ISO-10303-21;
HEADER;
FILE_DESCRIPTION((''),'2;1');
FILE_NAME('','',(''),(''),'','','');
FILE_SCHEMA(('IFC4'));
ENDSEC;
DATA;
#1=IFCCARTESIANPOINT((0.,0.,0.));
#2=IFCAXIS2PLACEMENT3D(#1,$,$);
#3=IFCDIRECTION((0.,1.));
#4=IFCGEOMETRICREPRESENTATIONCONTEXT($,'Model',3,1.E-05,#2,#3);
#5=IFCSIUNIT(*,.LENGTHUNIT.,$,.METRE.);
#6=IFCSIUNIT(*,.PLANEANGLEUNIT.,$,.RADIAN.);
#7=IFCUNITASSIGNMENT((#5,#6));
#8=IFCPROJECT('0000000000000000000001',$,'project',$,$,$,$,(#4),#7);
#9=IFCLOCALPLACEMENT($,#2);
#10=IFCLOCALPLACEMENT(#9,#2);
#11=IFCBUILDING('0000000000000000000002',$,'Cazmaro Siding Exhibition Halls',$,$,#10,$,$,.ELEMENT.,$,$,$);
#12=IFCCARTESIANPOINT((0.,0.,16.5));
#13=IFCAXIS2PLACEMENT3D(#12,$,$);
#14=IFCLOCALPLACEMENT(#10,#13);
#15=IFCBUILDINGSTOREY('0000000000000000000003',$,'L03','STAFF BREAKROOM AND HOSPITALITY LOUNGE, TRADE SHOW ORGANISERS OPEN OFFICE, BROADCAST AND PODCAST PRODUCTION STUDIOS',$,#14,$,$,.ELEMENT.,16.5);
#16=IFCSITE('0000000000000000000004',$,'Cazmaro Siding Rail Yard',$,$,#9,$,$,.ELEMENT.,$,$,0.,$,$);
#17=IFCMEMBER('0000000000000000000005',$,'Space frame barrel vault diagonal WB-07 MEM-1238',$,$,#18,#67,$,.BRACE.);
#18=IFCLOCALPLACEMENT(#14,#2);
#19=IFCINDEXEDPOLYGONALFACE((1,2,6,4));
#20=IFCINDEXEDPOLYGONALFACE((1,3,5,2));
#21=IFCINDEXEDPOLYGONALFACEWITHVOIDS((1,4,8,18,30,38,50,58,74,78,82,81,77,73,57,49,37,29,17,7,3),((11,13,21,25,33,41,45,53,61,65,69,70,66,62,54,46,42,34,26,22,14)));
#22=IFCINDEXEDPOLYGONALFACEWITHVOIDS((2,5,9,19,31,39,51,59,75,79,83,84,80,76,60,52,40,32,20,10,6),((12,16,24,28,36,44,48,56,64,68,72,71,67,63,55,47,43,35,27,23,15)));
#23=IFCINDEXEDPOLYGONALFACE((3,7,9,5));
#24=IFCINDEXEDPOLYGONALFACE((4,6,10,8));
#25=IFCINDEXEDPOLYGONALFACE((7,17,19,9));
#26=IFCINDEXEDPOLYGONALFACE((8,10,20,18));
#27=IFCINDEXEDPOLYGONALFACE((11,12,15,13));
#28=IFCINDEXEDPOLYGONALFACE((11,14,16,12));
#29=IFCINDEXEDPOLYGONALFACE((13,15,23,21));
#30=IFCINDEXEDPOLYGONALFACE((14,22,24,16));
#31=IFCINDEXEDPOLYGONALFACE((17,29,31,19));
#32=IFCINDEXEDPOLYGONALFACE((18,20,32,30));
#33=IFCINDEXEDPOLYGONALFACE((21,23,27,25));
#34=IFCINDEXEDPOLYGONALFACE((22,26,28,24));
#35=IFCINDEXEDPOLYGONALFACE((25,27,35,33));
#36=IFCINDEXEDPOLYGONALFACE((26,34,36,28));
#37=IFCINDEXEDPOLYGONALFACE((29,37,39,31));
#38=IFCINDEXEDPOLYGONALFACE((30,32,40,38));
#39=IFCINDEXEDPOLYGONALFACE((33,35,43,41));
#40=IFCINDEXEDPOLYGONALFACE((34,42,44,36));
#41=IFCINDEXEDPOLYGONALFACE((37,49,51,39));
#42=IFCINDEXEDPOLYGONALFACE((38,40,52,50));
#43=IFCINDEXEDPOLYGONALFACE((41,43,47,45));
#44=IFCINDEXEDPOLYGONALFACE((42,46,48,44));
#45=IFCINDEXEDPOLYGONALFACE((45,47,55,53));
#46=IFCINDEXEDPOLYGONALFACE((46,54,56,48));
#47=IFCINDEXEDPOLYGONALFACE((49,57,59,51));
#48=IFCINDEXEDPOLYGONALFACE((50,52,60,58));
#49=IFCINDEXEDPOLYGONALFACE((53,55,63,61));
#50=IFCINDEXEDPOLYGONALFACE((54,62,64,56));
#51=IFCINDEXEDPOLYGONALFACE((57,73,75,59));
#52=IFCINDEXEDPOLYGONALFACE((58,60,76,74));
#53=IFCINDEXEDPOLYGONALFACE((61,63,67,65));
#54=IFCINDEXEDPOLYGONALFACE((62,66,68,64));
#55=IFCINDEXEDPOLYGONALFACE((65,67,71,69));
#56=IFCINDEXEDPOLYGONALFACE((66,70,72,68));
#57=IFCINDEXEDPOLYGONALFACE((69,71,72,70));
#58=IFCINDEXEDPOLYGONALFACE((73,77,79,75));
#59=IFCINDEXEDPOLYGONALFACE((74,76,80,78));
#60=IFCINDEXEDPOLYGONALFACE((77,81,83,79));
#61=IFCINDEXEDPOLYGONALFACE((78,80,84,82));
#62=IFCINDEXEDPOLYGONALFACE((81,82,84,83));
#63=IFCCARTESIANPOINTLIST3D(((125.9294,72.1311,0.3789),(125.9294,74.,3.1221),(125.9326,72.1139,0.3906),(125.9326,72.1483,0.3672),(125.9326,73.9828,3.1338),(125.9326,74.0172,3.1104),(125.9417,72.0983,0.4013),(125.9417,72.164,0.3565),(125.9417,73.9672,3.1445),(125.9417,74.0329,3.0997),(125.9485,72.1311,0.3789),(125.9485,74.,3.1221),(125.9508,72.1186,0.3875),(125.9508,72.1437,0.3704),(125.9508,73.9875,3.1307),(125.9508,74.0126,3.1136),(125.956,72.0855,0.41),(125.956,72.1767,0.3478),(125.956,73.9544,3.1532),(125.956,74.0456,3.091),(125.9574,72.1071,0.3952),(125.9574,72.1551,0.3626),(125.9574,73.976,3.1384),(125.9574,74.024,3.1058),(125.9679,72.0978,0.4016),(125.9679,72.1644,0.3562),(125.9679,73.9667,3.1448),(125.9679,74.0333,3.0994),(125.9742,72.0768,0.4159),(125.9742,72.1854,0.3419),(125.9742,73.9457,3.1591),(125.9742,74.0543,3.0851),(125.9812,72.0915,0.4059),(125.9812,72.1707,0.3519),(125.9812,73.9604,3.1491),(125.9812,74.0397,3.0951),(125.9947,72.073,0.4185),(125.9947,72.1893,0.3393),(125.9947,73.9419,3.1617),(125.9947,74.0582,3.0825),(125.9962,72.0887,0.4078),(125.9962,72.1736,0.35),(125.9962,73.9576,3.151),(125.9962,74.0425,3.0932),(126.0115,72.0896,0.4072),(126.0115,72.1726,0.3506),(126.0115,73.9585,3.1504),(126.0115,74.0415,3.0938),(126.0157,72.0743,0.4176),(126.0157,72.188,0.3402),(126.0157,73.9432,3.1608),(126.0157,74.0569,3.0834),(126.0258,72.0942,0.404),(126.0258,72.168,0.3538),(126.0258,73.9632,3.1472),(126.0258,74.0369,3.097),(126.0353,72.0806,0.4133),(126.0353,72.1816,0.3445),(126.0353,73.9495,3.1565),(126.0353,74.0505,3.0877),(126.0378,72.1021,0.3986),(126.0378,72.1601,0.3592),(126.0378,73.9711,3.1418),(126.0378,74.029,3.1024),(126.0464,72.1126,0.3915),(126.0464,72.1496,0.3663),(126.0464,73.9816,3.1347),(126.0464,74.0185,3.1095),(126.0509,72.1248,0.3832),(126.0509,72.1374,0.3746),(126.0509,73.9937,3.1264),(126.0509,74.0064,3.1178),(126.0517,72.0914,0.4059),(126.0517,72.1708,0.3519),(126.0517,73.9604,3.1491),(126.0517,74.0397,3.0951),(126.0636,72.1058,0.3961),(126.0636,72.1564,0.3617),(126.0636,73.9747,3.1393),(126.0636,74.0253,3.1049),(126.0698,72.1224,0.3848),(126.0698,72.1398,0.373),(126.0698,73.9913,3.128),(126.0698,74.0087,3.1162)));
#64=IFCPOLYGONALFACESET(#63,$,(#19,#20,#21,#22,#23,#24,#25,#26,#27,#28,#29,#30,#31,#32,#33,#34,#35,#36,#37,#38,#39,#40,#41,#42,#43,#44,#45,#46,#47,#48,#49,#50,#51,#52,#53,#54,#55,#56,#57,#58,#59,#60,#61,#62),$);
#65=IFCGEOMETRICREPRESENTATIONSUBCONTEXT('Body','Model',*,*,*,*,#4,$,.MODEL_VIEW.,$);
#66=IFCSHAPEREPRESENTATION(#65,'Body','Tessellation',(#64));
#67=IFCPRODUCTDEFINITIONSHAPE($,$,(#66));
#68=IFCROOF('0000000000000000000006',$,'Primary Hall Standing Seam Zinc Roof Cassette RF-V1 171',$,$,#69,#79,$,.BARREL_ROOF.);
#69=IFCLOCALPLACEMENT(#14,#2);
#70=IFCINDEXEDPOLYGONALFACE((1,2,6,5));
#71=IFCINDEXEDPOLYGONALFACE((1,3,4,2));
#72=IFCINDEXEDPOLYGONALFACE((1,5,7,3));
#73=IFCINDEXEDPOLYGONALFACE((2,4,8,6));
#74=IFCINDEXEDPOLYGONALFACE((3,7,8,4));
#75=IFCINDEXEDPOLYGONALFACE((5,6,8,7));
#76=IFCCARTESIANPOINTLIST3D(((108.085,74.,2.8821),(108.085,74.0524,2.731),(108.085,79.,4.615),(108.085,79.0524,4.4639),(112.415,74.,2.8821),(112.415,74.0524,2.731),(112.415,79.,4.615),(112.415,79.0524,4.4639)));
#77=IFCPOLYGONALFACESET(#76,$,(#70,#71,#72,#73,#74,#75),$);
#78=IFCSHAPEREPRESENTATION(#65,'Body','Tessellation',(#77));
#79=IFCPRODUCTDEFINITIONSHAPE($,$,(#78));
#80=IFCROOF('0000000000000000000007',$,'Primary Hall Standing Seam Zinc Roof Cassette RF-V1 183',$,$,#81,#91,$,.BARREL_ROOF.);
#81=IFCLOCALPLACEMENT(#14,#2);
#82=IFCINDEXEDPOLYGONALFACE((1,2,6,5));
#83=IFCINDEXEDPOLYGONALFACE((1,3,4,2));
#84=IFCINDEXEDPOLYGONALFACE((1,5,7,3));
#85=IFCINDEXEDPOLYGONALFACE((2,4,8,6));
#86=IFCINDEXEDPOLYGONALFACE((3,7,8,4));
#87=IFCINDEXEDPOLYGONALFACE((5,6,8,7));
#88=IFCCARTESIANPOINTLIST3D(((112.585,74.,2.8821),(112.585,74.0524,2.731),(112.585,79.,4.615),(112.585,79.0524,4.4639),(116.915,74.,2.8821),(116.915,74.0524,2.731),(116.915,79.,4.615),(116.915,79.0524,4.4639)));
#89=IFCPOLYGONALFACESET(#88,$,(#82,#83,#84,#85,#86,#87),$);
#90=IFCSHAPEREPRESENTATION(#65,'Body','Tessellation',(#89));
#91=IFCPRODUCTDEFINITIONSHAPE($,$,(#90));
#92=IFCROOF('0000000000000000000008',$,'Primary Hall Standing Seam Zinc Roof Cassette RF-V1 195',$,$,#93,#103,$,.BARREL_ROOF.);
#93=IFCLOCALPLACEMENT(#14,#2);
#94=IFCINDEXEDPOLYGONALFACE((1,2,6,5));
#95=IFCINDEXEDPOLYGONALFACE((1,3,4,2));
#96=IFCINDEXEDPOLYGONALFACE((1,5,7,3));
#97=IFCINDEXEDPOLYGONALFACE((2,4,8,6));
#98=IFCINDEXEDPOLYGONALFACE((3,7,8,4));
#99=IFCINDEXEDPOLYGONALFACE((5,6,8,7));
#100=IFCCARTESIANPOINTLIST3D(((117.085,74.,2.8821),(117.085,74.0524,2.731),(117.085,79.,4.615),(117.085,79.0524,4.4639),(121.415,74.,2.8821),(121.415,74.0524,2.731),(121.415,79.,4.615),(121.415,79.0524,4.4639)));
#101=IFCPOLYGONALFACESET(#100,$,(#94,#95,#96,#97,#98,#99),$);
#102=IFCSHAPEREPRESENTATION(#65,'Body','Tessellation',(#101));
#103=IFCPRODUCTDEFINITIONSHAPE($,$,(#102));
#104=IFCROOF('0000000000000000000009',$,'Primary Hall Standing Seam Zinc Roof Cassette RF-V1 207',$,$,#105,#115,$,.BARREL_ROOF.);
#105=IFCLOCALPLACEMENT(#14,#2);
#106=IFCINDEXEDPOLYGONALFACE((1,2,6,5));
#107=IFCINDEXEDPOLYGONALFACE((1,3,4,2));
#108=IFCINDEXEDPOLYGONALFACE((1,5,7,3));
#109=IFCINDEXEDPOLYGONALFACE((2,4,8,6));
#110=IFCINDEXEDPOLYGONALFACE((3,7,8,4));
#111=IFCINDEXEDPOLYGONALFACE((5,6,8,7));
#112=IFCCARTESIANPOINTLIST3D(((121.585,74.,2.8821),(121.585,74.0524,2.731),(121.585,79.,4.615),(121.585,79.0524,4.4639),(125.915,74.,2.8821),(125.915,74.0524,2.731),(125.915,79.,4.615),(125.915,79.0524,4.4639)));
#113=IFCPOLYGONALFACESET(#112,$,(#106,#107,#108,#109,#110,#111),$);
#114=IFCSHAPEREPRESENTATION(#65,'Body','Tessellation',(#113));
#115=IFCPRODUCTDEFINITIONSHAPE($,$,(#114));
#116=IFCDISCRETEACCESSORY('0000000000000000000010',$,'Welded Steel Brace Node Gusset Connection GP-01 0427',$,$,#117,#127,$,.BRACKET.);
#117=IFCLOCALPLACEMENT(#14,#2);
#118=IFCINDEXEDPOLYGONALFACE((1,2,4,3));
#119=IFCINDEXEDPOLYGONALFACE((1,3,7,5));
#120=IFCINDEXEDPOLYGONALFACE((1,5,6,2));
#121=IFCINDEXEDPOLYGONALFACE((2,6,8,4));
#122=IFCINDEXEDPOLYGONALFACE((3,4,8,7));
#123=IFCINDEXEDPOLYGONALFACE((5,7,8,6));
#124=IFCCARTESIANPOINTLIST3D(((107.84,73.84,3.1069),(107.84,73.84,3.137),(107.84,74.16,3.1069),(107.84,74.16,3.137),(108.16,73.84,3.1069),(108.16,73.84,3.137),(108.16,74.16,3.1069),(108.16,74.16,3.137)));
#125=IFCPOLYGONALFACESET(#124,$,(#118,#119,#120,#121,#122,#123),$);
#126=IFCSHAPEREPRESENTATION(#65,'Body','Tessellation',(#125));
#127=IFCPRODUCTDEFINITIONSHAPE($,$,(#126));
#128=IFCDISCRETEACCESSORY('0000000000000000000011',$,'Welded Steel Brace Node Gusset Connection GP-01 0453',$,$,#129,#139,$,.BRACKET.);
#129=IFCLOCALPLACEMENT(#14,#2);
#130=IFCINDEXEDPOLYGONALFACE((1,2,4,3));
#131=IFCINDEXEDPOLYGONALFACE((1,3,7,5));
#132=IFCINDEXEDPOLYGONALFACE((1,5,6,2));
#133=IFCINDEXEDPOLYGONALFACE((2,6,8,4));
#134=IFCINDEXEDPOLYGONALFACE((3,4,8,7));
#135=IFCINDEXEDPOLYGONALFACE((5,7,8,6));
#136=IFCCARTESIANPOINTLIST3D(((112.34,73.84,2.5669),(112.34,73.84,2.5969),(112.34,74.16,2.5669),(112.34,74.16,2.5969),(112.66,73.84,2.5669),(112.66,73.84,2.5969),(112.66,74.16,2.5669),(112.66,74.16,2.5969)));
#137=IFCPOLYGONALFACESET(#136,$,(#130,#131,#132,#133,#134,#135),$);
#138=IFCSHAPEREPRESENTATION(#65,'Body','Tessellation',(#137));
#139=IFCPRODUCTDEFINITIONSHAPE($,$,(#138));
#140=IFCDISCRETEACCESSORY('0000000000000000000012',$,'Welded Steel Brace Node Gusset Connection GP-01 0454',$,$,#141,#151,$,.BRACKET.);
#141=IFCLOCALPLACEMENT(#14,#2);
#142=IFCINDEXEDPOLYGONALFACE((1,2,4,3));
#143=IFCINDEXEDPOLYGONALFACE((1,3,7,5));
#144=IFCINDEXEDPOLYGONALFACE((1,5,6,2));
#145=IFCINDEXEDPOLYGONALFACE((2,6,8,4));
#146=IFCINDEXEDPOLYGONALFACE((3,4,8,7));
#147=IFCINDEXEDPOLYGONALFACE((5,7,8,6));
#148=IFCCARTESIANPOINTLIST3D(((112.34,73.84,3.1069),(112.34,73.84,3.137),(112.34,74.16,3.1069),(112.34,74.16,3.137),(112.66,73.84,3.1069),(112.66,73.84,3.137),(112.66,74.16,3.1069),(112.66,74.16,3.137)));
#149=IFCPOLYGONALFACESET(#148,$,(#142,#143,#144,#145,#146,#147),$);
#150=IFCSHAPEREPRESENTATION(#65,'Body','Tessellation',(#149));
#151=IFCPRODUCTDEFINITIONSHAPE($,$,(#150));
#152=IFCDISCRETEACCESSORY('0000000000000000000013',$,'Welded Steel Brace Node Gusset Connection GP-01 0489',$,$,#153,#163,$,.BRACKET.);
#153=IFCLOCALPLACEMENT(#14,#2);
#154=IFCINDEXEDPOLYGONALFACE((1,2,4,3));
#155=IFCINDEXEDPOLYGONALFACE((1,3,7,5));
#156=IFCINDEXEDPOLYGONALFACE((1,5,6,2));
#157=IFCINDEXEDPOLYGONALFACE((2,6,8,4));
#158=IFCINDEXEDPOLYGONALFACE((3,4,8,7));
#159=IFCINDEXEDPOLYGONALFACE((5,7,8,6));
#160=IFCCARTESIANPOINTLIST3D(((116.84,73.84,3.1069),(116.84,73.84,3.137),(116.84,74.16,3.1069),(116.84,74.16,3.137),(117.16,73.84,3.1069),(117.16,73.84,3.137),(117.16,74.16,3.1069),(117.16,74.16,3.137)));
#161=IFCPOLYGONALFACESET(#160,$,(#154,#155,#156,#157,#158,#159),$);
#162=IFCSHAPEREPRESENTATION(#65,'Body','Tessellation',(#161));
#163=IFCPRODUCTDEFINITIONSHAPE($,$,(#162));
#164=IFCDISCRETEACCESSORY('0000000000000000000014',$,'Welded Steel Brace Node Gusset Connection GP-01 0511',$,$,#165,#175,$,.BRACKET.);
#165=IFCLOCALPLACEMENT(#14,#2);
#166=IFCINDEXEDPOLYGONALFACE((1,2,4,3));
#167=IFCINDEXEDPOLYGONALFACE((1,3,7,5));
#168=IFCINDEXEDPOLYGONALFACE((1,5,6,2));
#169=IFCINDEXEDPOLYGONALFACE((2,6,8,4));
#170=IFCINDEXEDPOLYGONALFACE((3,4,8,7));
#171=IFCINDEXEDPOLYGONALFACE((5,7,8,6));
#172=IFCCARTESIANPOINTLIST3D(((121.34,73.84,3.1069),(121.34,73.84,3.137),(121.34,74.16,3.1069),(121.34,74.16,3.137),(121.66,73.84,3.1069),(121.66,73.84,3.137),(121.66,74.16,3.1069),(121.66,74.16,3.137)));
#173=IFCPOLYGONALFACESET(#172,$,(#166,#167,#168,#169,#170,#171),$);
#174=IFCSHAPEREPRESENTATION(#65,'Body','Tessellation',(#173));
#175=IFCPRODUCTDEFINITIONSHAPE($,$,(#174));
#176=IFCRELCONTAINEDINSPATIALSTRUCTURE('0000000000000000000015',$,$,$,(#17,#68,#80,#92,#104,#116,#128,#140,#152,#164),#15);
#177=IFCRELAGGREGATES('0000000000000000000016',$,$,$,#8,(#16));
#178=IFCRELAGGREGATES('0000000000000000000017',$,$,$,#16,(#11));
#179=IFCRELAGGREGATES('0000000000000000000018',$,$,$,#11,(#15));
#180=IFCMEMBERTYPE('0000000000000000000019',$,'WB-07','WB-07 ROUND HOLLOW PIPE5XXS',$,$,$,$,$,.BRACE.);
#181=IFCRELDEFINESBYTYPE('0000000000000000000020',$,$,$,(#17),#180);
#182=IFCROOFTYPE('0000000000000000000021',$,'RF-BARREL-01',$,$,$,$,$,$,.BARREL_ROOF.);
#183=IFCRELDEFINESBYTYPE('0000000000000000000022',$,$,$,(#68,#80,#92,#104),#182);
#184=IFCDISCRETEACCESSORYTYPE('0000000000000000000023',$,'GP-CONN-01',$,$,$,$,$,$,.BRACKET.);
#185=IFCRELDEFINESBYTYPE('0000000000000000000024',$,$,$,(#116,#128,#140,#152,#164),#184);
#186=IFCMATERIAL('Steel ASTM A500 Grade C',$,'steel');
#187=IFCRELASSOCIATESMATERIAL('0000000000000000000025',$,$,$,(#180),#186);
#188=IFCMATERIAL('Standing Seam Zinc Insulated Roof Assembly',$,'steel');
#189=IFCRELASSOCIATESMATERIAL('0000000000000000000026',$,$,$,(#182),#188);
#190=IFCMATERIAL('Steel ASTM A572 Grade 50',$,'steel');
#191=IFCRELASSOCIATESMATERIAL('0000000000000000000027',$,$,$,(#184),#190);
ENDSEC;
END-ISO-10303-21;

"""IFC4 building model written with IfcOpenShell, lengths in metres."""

from ifc_helpers import new_model, si_unit, direction, frame, origin, origin_2d, place, context, subcontext, project, spatial, polyline, rectangle, hollow_circle, outline, extrude, material, material_profile, profile_set, type_object, element, save


model = new_model("IFC4")

# Units and contexts
model_context = context("Model", 3, precision=1e-05, world=origin(), true_north=direction((0.0, 1.0)))
body_context = subcontext(model_context, "Body", "Model", "MODEL_VIEW")
ifc_project = project(units=[si_unit("LENGTHUNIT", "METRE"), si_unit("PLANEANGLEUNIT", "RADIAN")], contexts=[model_context])

# Site, building, storey
site_placement = place(None, origin())
site = spatial("IfcSite", under=ifc_project, at=site_placement, Name="Cazmaro Siding Rail Yard", CompositionType="ELEMENT", RefElevation=0.0)
building_placement = place(site_placement, origin())
building = spatial("IfcBuilding", under=site, at=building_placement, Name="Cazmaro Siding Exhibition Halls", CompositionType="ELEMENT")
storey_placement = place(building_placement, frame((0.0, 0.0, 16.5)))
storey = spatial("IfcBuildingStorey", under=building, at=storey_placement, Name="L03", Description="STAFF BREAKROOM AND HOSPITALITY LOUNGE, TRADE SHOW ORGANISERS OPEN OFFICE, BROADCAST AND PODCAST PRODUCTION STUDIOS", CompositionType="ELEMENT", Elevation=16.5)

# Member
ifc_material_1 = material(Name="Steel ASTM A500 Grade C", Category="steel")
ifc_material_profile_1 = material_profile(ifc_material_1, hollow_circle(Radius=0.0706, WallThickness=0.019, at=origin_2d()), Name="PIPE5XXS")
ifc_profile_set_1 = profile_set([ifc_material_profile_1], Name="Steel ASTM A500 Grade C")
member_type_1 = type_object("IfcMemberType", Name="WB-07", Description="WB-07 ROUND HOLLOW PIPE5XXS", PredefinedType="BRACE", material=ifc_profile_set_1)
for number, where, z_axis, x_axis, name in (
    (1, (126.0, 72.1311, 0.3789), (0.0, 0.56304, 0.82643), (-1.0, 0.0, 0.0), "Space frame barrel vault diagonal WB-07 MEM-1238"),
):
    element("IfcMember", number, at=place(storey_placement, frame(where, z_axis=z_axis, x_axis=x_axis)), inside=storey, type_object=member_type_1, Name=name, PredefinedType="BRACE", context=body_context, shape_type="SweptSolid", body=[
        extrude(hollow_circle(Radius=0.0706, WallThickness=0.019, at=origin_2d()), origin(), (0.0, 0.0, 1.0), 3.3193),
    ])

# Roofs
ifc_material_2 = material(Name="Standing Seam Zinc Insulated Roof Assembly", Category="steel")
roof_type = type_object("IfcRoofType", Name="RF-BARREL-01", PredefinedType="BARREL_ROOF", material=ifc_material_2)
for number, where, z_axis, x_axis, name in (
    (2, (108.085, 74.0, 2.8821), (0.0, -0.327472, 0.944861), (1.0, 0.0, 0.0), "Primary Hall Standing Seam Zinc Roof Cassette RF-V1 171"),
    (3, (112.585, 74.0, 2.8821), (0.0, -0.327472, 0.944861), (1.0, 0.0, 0.0), "Primary Hall Standing Seam Zinc Roof Cassette RF-V1 183"),
    (4, (117.085, 74.0, 2.8821), (0.0, -0.327472, 0.944861), (1.0, 0.0, 0.0), "Primary Hall Standing Seam Zinc Roof Cassette RF-V1 195"),
    (5, (121.585, 74.0, 2.8821), (0.0, -0.327472, 0.944861), (1.0, 0.0, 0.0), "Primary Hall Standing Seam Zinc Roof Cassette RF-V1 207"),
):
    element("IfcRoof", number, at=place(storey_placement, frame(where, z_axis=z_axis, x_axis=x_axis)), inside=storey, type_object=roof_type, Name=name, PredefinedType="BARREL_ROOF", context=body_context, shape_type="SweptSolid", body=[
        extrude(outline(polyline([(0.0, 0.0), (4.3301, 0.0), (4.3301, 5.2918), (0.0, 5.2918), (0.0, 0.0)])), origin(), (0.0, 0.0, -1.0), 0.1599),
    ])

# Discrete accessories
ifc_material_3 = material(Name="Steel ASTM A572 Grade 50", Category="steel")
discrete_accessory_type = type_object("IfcDiscreteAccessoryType", Name="GP-CONN-01", PredefinedType="BRACKET", material=ifc_material_3)
for number, where, z_axis, x_axis, name in (
    (6, (108.0, 74.0, 3.1069), (0.0, 0.0, 1.0), (1.0, 0.0, 0.0), "Welded Steel Brace Node Gusset Connection GP-01 0427"),
    (7, (112.5, 74.0, 2.5669), (0.0, 0.0, 1.0), (1.0, 0.0, 0.0), "Welded Steel Brace Node Gusset Connection GP-01 0453"),
    (8, (112.5, 74.0, 3.1069), (0.0, 0.0, 1.0), (1.0, 0.0, 0.0), "Welded Steel Brace Node Gusset Connection GP-01 0454"),
    (9, (117.0, 74.0, 3.1069), (0.0, 0.0, 1.0), (1.0, 0.0, 0.0), "Welded Steel Brace Node Gusset Connection GP-01 0489"),
    (10, (121.5, 74.0, 3.1069), (0.0, 0.0, 1.0), (1.0, 0.0, 0.0), "Welded Steel Brace Node Gusset Connection GP-01 0511"),
):
    element("IfcDiscreteAccessory", number, at=place(storey_placement, frame(where, z_axis=z_axis, x_axis=x_axis)), inside=storey, type_object=discrete_accessory_type, Name=name, PredefinedType="BRACKET", context=body_context, shape_type="SweptSolid", body=[
        extrude(rectangle(XDim=0.3201, YDim=0.3201, at=origin_2d()), origin(), (0.0, 0.0, 1.0), 0.03),
    ])

save(model, "model.ifc")
